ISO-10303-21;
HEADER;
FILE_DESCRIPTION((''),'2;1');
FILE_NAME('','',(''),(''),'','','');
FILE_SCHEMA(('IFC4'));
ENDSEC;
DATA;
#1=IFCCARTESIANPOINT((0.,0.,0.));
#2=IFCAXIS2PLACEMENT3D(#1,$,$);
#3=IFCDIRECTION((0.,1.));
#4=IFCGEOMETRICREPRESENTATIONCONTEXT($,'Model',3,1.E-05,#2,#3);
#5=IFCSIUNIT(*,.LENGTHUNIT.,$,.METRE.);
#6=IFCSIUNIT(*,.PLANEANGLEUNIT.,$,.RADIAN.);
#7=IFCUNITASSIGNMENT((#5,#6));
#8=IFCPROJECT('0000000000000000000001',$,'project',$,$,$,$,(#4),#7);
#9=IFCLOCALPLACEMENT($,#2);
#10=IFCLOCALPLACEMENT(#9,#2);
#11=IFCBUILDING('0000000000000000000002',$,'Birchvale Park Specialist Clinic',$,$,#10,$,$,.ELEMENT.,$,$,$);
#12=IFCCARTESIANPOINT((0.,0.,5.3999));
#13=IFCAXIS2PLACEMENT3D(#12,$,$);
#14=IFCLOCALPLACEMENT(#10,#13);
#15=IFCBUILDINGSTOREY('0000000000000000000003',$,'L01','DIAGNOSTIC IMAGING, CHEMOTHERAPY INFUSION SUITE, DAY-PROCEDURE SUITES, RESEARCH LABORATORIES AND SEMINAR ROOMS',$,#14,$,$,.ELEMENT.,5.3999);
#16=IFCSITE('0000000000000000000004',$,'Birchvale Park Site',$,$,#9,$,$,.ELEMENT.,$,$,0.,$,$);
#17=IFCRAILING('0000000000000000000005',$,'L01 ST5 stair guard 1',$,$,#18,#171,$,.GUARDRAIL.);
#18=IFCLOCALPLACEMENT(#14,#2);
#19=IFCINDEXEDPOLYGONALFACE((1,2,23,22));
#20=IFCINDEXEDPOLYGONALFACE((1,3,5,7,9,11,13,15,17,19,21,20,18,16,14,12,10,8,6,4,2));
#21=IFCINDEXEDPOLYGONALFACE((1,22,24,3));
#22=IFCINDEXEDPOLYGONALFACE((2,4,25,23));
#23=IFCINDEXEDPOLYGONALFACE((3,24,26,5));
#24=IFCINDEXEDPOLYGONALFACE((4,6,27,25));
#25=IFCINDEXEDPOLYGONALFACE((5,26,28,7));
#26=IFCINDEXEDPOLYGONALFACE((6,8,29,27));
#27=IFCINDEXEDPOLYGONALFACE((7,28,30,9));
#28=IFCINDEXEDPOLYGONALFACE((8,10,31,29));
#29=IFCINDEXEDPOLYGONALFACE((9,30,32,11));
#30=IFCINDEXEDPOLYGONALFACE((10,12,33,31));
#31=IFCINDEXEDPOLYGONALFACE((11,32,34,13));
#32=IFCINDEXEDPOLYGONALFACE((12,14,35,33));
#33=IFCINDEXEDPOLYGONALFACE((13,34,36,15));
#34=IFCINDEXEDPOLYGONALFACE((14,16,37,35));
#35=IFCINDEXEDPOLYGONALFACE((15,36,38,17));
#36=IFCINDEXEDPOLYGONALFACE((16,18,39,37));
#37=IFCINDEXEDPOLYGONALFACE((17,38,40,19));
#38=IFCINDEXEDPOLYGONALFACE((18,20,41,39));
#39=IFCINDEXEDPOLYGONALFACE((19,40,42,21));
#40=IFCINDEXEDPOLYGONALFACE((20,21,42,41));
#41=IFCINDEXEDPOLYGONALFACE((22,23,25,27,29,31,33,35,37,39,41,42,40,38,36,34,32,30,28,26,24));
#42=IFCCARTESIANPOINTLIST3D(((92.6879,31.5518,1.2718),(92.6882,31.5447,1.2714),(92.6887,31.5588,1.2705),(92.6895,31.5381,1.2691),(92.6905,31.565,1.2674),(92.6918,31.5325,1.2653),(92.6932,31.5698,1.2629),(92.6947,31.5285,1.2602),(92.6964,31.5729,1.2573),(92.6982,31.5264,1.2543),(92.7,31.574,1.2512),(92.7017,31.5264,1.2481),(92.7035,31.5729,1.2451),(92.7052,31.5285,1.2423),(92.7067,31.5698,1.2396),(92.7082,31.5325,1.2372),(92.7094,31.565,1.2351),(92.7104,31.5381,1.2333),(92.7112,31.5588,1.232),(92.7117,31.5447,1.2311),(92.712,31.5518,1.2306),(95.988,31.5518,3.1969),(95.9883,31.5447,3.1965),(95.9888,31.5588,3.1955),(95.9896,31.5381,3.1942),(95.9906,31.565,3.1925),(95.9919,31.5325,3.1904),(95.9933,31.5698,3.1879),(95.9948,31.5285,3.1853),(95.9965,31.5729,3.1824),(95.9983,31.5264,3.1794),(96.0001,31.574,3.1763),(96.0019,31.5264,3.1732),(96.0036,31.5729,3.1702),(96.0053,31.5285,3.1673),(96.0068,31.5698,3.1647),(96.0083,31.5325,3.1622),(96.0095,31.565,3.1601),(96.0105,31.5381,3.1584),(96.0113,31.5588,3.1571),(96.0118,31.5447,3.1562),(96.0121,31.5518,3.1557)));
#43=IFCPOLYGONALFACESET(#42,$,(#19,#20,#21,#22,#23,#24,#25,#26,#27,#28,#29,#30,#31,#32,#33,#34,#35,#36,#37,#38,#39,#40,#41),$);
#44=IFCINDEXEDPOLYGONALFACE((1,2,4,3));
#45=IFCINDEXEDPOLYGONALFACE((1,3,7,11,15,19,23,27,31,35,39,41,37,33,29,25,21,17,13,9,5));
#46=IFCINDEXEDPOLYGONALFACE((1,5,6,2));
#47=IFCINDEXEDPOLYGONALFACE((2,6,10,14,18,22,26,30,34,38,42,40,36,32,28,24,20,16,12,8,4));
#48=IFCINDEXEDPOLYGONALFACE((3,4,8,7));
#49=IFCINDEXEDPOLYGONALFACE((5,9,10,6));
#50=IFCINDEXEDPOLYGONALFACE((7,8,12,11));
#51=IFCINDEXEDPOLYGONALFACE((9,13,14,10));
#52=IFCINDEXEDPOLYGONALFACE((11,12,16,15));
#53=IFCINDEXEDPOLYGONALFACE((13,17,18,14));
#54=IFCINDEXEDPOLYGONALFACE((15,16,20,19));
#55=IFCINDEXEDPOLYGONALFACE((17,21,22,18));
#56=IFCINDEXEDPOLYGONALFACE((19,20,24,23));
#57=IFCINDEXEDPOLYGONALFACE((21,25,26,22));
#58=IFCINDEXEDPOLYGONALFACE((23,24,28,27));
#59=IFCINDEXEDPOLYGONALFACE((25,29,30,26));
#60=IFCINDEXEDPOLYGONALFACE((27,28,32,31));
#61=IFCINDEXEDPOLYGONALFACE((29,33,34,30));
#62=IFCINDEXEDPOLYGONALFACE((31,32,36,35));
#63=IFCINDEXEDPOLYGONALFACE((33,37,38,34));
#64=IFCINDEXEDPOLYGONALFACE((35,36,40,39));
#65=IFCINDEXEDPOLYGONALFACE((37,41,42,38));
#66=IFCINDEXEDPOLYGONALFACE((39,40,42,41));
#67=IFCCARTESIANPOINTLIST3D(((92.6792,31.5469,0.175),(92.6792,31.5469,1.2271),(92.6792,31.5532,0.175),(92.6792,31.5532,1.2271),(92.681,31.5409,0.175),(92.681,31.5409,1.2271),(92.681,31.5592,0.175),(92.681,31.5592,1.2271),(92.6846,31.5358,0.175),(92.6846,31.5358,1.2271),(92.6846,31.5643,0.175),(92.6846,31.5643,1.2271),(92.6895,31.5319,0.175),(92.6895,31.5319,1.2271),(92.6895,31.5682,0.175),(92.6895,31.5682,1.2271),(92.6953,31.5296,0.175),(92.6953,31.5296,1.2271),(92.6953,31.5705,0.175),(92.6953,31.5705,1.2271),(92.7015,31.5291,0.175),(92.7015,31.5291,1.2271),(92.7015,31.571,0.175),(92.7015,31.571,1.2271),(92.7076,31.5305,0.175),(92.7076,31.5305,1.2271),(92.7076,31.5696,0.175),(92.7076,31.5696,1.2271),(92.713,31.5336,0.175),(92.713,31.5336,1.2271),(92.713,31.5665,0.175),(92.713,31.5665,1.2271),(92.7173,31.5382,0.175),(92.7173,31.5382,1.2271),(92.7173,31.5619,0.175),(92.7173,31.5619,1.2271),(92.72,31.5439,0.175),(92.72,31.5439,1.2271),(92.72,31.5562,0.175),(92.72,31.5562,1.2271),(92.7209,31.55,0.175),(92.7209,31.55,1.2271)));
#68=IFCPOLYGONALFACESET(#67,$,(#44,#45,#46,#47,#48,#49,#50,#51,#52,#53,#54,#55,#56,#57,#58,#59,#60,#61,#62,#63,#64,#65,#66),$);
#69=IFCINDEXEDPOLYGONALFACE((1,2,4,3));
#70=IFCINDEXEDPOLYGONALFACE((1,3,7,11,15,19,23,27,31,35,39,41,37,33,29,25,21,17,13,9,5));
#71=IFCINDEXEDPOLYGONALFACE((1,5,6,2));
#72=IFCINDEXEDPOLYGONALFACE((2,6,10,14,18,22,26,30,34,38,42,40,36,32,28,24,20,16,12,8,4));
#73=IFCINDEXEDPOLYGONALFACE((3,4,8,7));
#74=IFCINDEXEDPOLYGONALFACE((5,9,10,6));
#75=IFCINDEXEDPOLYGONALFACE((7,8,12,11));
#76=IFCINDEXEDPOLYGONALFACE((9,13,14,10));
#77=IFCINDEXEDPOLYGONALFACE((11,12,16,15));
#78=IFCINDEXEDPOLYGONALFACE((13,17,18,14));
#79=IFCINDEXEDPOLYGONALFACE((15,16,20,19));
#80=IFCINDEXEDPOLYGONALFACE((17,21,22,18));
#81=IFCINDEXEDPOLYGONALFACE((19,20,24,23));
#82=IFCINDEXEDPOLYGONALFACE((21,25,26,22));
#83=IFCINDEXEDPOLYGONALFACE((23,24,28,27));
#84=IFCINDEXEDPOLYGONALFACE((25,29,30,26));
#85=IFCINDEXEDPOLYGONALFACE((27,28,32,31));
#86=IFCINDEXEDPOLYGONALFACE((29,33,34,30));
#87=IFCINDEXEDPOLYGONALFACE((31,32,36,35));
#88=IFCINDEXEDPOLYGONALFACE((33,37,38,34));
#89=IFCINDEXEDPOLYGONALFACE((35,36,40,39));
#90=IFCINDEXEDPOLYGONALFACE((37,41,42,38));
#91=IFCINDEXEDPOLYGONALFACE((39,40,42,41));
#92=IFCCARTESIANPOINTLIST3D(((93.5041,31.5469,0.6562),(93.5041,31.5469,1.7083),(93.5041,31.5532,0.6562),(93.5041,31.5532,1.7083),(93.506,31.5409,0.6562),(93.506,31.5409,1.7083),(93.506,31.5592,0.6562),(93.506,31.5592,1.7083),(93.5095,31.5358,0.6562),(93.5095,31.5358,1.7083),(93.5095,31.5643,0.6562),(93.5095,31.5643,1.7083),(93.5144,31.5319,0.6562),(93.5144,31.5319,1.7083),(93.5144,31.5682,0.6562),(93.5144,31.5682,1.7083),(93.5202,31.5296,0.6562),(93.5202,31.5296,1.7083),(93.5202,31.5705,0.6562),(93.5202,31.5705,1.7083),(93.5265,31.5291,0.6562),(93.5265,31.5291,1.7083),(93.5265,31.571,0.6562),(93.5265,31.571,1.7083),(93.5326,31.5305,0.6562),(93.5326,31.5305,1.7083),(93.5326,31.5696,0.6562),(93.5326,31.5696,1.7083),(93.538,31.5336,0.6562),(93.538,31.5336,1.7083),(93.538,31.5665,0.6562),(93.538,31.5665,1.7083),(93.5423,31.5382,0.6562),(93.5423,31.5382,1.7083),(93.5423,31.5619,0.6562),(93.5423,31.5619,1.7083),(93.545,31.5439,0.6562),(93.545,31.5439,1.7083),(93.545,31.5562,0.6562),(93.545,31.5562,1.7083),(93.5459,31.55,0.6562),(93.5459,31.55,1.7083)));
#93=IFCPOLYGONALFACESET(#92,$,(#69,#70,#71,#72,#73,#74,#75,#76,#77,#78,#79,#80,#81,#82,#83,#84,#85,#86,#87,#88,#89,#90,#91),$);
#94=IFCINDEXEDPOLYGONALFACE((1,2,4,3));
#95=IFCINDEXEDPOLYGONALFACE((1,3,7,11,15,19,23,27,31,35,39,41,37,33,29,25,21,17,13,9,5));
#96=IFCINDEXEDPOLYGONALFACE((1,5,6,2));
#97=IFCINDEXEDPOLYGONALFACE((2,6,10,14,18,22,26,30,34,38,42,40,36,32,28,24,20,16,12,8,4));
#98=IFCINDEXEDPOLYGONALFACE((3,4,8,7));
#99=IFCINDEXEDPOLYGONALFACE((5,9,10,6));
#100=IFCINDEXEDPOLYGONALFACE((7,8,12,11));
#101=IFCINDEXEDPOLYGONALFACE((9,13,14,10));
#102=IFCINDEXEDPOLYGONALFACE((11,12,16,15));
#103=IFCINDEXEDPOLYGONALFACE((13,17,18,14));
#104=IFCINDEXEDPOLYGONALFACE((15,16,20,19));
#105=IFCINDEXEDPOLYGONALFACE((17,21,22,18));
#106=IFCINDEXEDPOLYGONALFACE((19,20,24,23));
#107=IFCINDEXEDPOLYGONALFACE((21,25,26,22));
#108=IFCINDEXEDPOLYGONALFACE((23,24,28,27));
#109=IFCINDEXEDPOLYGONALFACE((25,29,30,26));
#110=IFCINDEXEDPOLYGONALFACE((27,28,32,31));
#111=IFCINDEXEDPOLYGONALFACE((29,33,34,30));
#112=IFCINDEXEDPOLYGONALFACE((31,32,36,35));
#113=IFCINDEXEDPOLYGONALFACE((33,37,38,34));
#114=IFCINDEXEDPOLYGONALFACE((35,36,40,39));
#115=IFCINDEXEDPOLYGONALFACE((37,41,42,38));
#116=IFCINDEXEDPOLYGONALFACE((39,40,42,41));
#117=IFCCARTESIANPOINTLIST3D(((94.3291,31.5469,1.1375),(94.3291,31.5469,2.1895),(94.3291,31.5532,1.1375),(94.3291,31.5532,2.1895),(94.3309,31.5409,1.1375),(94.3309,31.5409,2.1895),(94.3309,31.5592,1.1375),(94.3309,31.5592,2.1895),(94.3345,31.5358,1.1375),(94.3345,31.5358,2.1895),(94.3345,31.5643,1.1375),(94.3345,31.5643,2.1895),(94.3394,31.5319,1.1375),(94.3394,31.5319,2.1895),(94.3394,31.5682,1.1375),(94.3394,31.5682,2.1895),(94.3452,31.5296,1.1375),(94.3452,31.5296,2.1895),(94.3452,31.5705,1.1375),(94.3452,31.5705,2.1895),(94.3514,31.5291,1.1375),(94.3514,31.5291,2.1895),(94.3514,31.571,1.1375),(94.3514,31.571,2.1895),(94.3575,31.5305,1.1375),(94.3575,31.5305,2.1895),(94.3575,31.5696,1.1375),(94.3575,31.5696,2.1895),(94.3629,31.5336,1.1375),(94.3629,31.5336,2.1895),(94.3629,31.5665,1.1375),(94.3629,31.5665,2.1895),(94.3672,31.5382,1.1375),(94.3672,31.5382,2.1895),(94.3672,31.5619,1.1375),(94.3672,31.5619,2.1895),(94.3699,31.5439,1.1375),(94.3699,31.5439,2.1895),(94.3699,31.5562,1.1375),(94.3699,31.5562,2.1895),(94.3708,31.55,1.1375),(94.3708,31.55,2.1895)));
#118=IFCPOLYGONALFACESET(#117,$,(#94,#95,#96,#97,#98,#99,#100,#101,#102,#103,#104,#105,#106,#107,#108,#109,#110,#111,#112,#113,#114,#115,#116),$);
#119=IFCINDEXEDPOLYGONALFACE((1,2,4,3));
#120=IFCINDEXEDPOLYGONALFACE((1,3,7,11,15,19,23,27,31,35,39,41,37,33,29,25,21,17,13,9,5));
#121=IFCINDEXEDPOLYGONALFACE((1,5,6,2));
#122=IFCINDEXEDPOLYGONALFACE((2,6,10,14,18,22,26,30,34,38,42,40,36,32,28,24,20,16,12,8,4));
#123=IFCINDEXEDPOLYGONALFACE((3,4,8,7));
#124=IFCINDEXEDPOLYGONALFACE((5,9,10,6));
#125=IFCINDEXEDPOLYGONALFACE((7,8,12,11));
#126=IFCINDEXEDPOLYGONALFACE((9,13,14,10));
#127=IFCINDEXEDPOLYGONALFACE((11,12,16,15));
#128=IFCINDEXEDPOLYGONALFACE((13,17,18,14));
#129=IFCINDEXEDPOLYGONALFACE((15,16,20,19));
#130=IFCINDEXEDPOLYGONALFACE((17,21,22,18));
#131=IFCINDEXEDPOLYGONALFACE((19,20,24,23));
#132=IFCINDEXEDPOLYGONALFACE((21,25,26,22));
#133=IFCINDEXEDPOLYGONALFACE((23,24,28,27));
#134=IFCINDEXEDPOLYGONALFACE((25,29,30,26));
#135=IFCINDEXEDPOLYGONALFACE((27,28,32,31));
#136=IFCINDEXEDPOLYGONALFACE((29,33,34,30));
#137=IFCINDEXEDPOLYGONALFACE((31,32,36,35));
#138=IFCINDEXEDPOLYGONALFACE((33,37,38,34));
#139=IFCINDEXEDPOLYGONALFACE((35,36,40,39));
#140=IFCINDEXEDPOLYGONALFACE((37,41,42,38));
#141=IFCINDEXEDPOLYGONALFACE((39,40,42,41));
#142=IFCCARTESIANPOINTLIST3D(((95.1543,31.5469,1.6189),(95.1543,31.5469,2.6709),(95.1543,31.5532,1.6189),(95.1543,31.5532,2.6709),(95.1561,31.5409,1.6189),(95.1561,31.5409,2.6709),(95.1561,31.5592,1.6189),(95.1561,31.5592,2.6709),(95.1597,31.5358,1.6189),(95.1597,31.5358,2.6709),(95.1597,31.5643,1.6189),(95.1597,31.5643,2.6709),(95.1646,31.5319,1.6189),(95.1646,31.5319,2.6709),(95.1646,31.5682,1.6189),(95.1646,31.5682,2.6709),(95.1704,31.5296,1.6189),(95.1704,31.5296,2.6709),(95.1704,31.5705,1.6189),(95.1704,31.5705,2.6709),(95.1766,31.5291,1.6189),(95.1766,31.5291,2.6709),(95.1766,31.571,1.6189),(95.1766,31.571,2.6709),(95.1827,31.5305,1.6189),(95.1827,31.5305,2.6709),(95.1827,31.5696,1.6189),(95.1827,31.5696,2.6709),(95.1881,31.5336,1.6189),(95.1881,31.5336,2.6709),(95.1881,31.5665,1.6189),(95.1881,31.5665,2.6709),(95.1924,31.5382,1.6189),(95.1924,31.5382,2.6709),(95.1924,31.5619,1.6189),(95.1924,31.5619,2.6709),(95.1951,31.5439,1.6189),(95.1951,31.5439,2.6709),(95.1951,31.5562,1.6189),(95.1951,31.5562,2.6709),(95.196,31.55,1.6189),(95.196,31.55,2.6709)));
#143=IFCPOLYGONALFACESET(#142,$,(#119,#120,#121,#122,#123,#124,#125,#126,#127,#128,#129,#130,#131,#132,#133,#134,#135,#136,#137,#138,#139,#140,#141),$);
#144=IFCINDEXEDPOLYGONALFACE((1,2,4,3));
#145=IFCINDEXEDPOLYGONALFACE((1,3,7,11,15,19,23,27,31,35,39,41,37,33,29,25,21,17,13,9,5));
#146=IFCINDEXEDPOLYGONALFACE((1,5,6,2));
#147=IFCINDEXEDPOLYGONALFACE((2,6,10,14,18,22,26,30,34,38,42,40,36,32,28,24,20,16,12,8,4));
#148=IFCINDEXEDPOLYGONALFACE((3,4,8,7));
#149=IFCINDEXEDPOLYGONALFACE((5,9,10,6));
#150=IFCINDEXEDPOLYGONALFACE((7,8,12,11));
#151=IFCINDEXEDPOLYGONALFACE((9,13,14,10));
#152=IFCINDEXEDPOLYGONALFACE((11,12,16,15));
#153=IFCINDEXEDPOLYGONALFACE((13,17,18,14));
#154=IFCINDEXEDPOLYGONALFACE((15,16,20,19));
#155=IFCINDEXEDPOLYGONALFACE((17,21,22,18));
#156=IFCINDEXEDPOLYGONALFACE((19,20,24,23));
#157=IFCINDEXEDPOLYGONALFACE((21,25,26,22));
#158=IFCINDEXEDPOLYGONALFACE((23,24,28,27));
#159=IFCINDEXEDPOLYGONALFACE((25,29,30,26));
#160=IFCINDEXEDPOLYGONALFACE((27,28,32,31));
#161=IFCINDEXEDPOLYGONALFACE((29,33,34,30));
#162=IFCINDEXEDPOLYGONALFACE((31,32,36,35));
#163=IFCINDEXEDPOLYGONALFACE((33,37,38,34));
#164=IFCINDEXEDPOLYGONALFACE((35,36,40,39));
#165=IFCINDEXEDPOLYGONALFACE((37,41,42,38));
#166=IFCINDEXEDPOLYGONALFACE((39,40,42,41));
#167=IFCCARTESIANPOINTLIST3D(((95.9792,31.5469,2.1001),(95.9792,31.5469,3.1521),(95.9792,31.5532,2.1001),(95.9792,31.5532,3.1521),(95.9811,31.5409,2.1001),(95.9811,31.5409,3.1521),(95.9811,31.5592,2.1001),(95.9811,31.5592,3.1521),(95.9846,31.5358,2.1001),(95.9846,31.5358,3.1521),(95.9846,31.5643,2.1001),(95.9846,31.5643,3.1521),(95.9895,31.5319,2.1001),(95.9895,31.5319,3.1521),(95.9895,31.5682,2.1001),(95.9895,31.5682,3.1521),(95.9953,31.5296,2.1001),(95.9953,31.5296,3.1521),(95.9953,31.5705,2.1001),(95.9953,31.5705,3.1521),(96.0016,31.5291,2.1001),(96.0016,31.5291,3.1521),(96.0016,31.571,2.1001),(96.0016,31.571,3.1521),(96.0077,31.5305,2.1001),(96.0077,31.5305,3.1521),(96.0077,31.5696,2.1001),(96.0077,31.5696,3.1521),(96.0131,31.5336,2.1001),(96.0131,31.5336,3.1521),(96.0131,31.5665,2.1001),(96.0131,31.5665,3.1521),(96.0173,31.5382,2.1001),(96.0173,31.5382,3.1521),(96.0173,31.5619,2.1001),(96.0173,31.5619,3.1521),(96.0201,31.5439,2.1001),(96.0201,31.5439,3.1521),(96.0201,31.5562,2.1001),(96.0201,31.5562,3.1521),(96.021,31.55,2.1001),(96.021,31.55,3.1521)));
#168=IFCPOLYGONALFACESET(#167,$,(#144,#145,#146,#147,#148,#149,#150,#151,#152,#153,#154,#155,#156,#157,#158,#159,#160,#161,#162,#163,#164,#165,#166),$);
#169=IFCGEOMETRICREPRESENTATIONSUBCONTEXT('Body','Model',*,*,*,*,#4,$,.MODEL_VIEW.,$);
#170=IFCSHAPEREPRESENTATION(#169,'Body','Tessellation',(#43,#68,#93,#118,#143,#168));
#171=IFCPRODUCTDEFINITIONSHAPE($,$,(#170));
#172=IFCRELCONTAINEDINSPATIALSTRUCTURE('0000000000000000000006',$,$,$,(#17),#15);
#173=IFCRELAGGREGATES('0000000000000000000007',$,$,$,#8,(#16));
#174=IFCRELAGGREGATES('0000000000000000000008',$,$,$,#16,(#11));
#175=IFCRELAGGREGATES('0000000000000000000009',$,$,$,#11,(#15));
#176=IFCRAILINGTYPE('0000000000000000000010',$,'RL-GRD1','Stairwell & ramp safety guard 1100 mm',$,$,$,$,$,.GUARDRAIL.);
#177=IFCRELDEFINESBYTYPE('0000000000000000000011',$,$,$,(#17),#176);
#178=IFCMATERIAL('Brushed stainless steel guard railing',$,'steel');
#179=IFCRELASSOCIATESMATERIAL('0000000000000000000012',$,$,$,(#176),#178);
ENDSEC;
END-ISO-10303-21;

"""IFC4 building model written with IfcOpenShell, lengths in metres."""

from ifc_helpers import new_model, si_unit, direction, frame, origin, origin_2d, place, context, subcontext, project, spatial, circle, extrude, material, type_object, element, save


model = new_model("IFC4")

# Units and contexts
model_context = context("Model", 3, precision=1e-05, world=origin(), true_north=direction((0.0, 1.0)))
body_context = subcontext(model_context, "Body", "Model", "MODEL_VIEW")
ifc_project = project(units=[si_unit("LENGTHUNIT", "METRE"), si_unit("PLANEANGLEUNIT", "RADIAN")], contexts=[model_context])

# Site, building, storey
site_placement = place(None, origin())
site = spatial("IfcSite", under=ifc_project, at=site_placement, Name="Birchvale Park Site", CompositionType="ELEMENT", RefElevation=0.0)
building_placement = place(site_placement, origin())
building = spatial("IfcBuilding", under=site, at=building_placement, Name="Birchvale Park Specialist Clinic", CompositionType="ELEMENT")
storey_placement = place(building_placement, frame((0.0, 0.0, 5.3999)))
storey = spatial("IfcBuildingStorey", under=building, at=storey_placement, Name="L01", Description="DIAGNOSTIC IMAGING, CHEMOTHERAPY INFUSION SUITE, DAY-PROCEDURE SUITES, RESEARCH LABORATORIES AND SEMINAR ROOMS", CompositionType="ELEMENT", Elevation=5.3999)

# Railing
ifc_material_1 = material(Name="Brushed stainless steel guard railing", Category="steel")
railing_type = type_object("IfcRailingType", Name="RL-GRD1", Description="Stairwell & ramp safety guard 1100 mm", PredefinedType="GUARDRAIL", material=ifc_material_1)
railing_1_placement = place(storey_placement, frame((92.7, 31.55, 0.175)))
element("IfcRailing", 1, at=railing_1_placement, inside=storey, type_object=railing_type, Name="L01 ST5 stair guard 1", PredefinedType="GUARDRAIL", context=body_context, shape_type="SweptSolid", body=[
    extrude(circle(Radius=0.0239, at=origin_2d()), frame((0.0, 0.0, 1.0762), z_axis=(0.863777, 0.0, 0.503875), x_axis=(0.0, 1.0, 0.0)), (0.0, 0.0, 1.0), 3.8206),
    extrude(circle(Radius=0.021, at=origin_2d()), origin(), (0.0, 0.0, 1.0), 1.052),
    extrude(circle(Radius=0.021, at=origin_2d()), frame((0.825, 0.0, 0.4812)), (0.0, 0.0, 1.0), 1.052),
    extrude(circle(Radius=0.021, at=origin_2d()), frame((1.6499, 0.0, 0.9624)), (0.0, 0.0, 1.0), 1.052),
    extrude(circle(Radius=0.021, at=origin_2d()), frame((2.4751, 0.0, 1.4438)), (0.0, 0.0, 1.0), 1.052),
    extrude(circle(Radius=0.021, at=origin_2d()), frame((3.3, 0.0, 1.925)), (0.0, 0.0, 1.0), 1.052),
])

save(model, "model.ifc")
